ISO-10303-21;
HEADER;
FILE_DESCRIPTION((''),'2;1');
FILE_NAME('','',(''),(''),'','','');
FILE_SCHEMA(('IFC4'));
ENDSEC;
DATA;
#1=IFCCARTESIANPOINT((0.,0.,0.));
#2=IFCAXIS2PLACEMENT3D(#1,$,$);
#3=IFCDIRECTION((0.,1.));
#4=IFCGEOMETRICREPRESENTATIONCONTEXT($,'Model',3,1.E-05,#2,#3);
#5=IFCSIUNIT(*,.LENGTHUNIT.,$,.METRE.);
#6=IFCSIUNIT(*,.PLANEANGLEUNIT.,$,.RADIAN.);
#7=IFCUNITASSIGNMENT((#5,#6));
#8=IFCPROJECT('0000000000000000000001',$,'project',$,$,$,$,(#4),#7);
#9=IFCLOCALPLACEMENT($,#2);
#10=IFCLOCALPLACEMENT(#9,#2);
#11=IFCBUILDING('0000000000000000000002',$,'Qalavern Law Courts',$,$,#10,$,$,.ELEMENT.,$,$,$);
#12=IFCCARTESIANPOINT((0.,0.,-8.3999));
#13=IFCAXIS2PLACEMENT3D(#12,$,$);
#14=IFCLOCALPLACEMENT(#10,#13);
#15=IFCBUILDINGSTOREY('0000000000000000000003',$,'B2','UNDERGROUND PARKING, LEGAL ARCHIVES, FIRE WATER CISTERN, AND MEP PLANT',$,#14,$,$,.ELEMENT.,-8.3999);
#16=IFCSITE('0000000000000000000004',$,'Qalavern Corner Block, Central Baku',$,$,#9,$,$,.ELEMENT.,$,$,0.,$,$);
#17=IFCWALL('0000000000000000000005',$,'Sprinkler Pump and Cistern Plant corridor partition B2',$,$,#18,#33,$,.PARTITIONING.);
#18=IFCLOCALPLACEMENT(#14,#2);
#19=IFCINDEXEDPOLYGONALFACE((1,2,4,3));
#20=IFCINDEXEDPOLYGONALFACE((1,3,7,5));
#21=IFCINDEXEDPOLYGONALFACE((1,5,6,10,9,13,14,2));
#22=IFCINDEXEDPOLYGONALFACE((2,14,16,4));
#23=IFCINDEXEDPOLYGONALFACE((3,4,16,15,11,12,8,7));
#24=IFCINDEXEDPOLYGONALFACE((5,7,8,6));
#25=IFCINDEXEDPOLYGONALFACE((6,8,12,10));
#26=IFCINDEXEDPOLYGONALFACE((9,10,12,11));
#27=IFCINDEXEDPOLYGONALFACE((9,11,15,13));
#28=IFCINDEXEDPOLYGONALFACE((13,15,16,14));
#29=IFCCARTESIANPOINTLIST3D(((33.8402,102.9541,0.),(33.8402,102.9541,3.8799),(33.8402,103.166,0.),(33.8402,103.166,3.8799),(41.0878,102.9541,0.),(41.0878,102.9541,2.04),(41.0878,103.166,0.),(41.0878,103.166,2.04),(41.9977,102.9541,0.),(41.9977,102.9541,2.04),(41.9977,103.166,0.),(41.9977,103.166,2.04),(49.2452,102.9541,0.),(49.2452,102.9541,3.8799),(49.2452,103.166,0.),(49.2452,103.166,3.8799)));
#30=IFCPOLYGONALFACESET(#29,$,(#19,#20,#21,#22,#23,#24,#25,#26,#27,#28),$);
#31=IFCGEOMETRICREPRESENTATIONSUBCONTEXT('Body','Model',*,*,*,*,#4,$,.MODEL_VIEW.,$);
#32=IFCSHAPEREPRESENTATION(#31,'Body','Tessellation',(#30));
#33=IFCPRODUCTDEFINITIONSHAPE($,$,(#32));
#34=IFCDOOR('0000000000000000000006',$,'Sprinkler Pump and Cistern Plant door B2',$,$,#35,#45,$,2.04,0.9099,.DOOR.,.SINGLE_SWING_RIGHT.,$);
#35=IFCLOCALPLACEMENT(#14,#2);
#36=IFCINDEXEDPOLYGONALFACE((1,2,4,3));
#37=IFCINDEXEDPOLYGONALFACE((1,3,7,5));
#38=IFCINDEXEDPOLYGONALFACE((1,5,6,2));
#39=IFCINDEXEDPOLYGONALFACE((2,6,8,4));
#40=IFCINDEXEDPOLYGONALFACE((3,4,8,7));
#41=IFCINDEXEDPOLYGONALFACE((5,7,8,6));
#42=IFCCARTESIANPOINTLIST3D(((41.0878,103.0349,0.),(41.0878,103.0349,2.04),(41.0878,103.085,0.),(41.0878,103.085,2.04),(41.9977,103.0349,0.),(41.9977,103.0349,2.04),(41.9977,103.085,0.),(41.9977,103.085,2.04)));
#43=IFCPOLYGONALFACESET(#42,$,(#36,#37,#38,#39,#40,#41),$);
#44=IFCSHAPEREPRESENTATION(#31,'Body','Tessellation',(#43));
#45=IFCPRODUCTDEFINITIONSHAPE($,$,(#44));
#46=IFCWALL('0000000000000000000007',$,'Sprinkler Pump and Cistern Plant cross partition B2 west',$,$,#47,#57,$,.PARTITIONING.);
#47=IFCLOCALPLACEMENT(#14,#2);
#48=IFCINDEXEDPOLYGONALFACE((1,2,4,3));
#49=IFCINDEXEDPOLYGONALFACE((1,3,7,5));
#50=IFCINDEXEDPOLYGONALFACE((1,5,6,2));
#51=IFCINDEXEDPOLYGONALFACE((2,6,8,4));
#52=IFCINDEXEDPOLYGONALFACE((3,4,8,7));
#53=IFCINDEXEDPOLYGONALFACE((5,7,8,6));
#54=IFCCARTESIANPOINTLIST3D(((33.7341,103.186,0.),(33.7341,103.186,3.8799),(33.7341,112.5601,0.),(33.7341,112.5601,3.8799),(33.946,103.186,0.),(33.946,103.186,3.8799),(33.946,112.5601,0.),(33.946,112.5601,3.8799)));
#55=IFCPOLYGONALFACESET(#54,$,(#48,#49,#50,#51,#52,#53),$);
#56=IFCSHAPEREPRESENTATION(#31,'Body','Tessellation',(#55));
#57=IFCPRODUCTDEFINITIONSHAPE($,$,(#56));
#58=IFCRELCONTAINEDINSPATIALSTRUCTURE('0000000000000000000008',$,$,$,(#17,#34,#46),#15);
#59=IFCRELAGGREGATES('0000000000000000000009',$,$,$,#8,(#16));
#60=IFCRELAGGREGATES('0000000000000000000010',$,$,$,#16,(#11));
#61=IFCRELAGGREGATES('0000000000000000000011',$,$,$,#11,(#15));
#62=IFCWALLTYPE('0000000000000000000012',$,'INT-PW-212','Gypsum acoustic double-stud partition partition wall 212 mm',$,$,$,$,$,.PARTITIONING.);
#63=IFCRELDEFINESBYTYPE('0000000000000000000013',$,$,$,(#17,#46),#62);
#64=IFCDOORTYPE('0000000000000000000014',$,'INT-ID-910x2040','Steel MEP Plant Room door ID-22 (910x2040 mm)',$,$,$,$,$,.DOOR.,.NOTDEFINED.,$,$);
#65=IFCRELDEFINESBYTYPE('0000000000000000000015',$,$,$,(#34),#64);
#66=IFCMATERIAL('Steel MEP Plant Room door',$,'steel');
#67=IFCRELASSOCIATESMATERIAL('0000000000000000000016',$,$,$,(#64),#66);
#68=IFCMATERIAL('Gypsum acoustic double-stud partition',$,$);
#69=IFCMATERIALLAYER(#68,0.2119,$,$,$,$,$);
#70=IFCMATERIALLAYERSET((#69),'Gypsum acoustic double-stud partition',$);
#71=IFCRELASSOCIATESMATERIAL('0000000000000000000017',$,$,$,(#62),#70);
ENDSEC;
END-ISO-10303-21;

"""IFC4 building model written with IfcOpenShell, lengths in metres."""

from ifc_helpers import new_model, si_unit, direction, frame, frame_2d, origin, place, context, subcontext, project, spatial, rectangle, extrude, material, layer, layer_set, type_object, element, fill, save


model = new_model("IFC4")

# Units and contexts
model_context = context("Model", 3, precision=1e-05, world=origin(), true_north=direction((0.0, 1.0)))
body_context = subcontext(model_context, "Body", "Model", "MODEL_VIEW")
ifc_project = project(units=[si_unit("LENGTHUNIT", "METRE"), si_unit("PLANEANGLEUNIT", "RADIAN")], contexts=[model_context])

# Site, building, storey
site_placement = place(None, origin())
site = spatial("IfcSite", under=ifc_project, at=site_placement, Name="Qalavern Corner Block, Central Baku", CompositionType="ELEMENT", RefElevation=0.0)
building_placement = place(site_placement, origin())
building = spatial("IfcBuilding", under=site, at=building_placement, Name="Qalavern Law Courts", CompositionType="ELEMENT")
storey_placement = place(building_placement, frame((0.0, 0.0, -8.3999)))
storey = spatial("IfcBuildingStorey", under=building, at=storey_placement, Name="B2", Description="UNDERGROUND PARKING, LEGAL ARCHIVES, FIRE WATER CISTERN, AND MEP PLANT", CompositionType="ELEMENT", Elevation=-8.3999)

# Shared definitions
ifc_material_1 = material(Name="Steel MEP Plant Room door", Category="steel")
door_type_1 = type_object("IfcDoorType", Name="INT-ID-910x2040", Description="Steel MEP Plant Room door ID-22 (910x2040 mm)", OperationType="NOTDEFINED", PredefinedType="DOOR", material=ifc_material_1)

# Wall, opening, door
ifc_material_2 = material(Name="Gypsum acoustic double-stud partition")
ifc_layer_1 = layer(ifc_material_2, 0.2119)
ifc_layer_set_1 = layer_set([ifc_layer_1], Name="Gypsum acoustic double-stud partition")
wall_type_1 = type_object("IfcWallType", Name="INT-PW-212", Description="Gypsum acoustic double-stud partition partition wall 212 mm", PredefinedType="PARTITIONING", material=ifc_layer_set_1)
wall_1_placement = place(storey_placement, frame((33.8401, 103.0601, 0.0), z_axis=(0.0, 0.0, 1.0), x_axis=(1.0, 0.0, 0.0)))
wall_1 = element("IfcWall", 1, at=wall_1_placement, inside=storey, type_object=wall_type_1, Name="Sprinkler Pump and Cistern Plant corridor partition B2", PredefinedType="PARTITIONING", context=body_context, shape_type="SweptSolid", body=[
    extrude(rectangle(XDim=15.405, YDim=0.2119, at=frame_2d((7.7026, 0.0))), origin(), (0.0, 0.0, 1.0), 3.8799),
])
opening_1_placement = place(wall_1_placement, frame((7.2476, 0.0, 0.0)))
opening_1 = element("IfcOpeningElement", 2, at=opening_1_placement, cuts=wall_1, PredefinedType="OPENING", context=body_context, shape_type="SweptSolid", body=[
    extrude(rectangle(XDim=0.9099, YDim=2.04, at=frame_2d((0.4551, 1.02))), frame((0.0, 0.1208, 0.0), z_axis=(0.0, -1.0, 0.0), x_axis=(1.0, 0.0, 0.0)), (0.0, 0.0, 1.0), 0.2417),
])
door_1_placement = place(opening_1_placement, origin())
door_1 = element("IfcDoor", 3, at=door_1_placement, inside=storey, type_object=door_type_1, Name="Sprinkler Pump and Cistern Plant door B2", OperationType="SINGLE_SWING_RIGHT", OverallHeight=2.04, OverallWidth=0.9099, PredefinedType="DOOR", context=body_context, shape_type="SweptSolid", body=[
    extrude(rectangle(XDim=0.9099, YDim=2.04, at=frame_2d((0.4551, 1.02))), frame((0.0, 0.0249, 0.0), z_axis=(0.0, -1.0, 0.0), x_axis=(1.0, 0.0, 0.0)), (0.0, 0.0, 1.0), 0.05),
])
fill(opening_1, door_1)

# Wall
wall_2_placement = place(storey_placement, frame((33.8401, 103.186, 0.0), z_axis=(0.0, 0.0, 1.0), x_axis=(0.0, 1.0, 0.0)))
element("IfcWall", 4, at=wall_2_placement, inside=storey, type_object=wall_type_1, Name="Sprinkler Pump and Cistern Plant cross partition B2 west", PredefinedType="PARTITIONING", context=body_context, shape_type="SweptSolid", body=[
    extrude(rectangle(XDim=9.374, YDim=0.2119, at=frame_2d((4.687, 0.0))), origin(), (0.0, 0.0, 1.0), 3.8799),
])

save(model, "model.ifc")
